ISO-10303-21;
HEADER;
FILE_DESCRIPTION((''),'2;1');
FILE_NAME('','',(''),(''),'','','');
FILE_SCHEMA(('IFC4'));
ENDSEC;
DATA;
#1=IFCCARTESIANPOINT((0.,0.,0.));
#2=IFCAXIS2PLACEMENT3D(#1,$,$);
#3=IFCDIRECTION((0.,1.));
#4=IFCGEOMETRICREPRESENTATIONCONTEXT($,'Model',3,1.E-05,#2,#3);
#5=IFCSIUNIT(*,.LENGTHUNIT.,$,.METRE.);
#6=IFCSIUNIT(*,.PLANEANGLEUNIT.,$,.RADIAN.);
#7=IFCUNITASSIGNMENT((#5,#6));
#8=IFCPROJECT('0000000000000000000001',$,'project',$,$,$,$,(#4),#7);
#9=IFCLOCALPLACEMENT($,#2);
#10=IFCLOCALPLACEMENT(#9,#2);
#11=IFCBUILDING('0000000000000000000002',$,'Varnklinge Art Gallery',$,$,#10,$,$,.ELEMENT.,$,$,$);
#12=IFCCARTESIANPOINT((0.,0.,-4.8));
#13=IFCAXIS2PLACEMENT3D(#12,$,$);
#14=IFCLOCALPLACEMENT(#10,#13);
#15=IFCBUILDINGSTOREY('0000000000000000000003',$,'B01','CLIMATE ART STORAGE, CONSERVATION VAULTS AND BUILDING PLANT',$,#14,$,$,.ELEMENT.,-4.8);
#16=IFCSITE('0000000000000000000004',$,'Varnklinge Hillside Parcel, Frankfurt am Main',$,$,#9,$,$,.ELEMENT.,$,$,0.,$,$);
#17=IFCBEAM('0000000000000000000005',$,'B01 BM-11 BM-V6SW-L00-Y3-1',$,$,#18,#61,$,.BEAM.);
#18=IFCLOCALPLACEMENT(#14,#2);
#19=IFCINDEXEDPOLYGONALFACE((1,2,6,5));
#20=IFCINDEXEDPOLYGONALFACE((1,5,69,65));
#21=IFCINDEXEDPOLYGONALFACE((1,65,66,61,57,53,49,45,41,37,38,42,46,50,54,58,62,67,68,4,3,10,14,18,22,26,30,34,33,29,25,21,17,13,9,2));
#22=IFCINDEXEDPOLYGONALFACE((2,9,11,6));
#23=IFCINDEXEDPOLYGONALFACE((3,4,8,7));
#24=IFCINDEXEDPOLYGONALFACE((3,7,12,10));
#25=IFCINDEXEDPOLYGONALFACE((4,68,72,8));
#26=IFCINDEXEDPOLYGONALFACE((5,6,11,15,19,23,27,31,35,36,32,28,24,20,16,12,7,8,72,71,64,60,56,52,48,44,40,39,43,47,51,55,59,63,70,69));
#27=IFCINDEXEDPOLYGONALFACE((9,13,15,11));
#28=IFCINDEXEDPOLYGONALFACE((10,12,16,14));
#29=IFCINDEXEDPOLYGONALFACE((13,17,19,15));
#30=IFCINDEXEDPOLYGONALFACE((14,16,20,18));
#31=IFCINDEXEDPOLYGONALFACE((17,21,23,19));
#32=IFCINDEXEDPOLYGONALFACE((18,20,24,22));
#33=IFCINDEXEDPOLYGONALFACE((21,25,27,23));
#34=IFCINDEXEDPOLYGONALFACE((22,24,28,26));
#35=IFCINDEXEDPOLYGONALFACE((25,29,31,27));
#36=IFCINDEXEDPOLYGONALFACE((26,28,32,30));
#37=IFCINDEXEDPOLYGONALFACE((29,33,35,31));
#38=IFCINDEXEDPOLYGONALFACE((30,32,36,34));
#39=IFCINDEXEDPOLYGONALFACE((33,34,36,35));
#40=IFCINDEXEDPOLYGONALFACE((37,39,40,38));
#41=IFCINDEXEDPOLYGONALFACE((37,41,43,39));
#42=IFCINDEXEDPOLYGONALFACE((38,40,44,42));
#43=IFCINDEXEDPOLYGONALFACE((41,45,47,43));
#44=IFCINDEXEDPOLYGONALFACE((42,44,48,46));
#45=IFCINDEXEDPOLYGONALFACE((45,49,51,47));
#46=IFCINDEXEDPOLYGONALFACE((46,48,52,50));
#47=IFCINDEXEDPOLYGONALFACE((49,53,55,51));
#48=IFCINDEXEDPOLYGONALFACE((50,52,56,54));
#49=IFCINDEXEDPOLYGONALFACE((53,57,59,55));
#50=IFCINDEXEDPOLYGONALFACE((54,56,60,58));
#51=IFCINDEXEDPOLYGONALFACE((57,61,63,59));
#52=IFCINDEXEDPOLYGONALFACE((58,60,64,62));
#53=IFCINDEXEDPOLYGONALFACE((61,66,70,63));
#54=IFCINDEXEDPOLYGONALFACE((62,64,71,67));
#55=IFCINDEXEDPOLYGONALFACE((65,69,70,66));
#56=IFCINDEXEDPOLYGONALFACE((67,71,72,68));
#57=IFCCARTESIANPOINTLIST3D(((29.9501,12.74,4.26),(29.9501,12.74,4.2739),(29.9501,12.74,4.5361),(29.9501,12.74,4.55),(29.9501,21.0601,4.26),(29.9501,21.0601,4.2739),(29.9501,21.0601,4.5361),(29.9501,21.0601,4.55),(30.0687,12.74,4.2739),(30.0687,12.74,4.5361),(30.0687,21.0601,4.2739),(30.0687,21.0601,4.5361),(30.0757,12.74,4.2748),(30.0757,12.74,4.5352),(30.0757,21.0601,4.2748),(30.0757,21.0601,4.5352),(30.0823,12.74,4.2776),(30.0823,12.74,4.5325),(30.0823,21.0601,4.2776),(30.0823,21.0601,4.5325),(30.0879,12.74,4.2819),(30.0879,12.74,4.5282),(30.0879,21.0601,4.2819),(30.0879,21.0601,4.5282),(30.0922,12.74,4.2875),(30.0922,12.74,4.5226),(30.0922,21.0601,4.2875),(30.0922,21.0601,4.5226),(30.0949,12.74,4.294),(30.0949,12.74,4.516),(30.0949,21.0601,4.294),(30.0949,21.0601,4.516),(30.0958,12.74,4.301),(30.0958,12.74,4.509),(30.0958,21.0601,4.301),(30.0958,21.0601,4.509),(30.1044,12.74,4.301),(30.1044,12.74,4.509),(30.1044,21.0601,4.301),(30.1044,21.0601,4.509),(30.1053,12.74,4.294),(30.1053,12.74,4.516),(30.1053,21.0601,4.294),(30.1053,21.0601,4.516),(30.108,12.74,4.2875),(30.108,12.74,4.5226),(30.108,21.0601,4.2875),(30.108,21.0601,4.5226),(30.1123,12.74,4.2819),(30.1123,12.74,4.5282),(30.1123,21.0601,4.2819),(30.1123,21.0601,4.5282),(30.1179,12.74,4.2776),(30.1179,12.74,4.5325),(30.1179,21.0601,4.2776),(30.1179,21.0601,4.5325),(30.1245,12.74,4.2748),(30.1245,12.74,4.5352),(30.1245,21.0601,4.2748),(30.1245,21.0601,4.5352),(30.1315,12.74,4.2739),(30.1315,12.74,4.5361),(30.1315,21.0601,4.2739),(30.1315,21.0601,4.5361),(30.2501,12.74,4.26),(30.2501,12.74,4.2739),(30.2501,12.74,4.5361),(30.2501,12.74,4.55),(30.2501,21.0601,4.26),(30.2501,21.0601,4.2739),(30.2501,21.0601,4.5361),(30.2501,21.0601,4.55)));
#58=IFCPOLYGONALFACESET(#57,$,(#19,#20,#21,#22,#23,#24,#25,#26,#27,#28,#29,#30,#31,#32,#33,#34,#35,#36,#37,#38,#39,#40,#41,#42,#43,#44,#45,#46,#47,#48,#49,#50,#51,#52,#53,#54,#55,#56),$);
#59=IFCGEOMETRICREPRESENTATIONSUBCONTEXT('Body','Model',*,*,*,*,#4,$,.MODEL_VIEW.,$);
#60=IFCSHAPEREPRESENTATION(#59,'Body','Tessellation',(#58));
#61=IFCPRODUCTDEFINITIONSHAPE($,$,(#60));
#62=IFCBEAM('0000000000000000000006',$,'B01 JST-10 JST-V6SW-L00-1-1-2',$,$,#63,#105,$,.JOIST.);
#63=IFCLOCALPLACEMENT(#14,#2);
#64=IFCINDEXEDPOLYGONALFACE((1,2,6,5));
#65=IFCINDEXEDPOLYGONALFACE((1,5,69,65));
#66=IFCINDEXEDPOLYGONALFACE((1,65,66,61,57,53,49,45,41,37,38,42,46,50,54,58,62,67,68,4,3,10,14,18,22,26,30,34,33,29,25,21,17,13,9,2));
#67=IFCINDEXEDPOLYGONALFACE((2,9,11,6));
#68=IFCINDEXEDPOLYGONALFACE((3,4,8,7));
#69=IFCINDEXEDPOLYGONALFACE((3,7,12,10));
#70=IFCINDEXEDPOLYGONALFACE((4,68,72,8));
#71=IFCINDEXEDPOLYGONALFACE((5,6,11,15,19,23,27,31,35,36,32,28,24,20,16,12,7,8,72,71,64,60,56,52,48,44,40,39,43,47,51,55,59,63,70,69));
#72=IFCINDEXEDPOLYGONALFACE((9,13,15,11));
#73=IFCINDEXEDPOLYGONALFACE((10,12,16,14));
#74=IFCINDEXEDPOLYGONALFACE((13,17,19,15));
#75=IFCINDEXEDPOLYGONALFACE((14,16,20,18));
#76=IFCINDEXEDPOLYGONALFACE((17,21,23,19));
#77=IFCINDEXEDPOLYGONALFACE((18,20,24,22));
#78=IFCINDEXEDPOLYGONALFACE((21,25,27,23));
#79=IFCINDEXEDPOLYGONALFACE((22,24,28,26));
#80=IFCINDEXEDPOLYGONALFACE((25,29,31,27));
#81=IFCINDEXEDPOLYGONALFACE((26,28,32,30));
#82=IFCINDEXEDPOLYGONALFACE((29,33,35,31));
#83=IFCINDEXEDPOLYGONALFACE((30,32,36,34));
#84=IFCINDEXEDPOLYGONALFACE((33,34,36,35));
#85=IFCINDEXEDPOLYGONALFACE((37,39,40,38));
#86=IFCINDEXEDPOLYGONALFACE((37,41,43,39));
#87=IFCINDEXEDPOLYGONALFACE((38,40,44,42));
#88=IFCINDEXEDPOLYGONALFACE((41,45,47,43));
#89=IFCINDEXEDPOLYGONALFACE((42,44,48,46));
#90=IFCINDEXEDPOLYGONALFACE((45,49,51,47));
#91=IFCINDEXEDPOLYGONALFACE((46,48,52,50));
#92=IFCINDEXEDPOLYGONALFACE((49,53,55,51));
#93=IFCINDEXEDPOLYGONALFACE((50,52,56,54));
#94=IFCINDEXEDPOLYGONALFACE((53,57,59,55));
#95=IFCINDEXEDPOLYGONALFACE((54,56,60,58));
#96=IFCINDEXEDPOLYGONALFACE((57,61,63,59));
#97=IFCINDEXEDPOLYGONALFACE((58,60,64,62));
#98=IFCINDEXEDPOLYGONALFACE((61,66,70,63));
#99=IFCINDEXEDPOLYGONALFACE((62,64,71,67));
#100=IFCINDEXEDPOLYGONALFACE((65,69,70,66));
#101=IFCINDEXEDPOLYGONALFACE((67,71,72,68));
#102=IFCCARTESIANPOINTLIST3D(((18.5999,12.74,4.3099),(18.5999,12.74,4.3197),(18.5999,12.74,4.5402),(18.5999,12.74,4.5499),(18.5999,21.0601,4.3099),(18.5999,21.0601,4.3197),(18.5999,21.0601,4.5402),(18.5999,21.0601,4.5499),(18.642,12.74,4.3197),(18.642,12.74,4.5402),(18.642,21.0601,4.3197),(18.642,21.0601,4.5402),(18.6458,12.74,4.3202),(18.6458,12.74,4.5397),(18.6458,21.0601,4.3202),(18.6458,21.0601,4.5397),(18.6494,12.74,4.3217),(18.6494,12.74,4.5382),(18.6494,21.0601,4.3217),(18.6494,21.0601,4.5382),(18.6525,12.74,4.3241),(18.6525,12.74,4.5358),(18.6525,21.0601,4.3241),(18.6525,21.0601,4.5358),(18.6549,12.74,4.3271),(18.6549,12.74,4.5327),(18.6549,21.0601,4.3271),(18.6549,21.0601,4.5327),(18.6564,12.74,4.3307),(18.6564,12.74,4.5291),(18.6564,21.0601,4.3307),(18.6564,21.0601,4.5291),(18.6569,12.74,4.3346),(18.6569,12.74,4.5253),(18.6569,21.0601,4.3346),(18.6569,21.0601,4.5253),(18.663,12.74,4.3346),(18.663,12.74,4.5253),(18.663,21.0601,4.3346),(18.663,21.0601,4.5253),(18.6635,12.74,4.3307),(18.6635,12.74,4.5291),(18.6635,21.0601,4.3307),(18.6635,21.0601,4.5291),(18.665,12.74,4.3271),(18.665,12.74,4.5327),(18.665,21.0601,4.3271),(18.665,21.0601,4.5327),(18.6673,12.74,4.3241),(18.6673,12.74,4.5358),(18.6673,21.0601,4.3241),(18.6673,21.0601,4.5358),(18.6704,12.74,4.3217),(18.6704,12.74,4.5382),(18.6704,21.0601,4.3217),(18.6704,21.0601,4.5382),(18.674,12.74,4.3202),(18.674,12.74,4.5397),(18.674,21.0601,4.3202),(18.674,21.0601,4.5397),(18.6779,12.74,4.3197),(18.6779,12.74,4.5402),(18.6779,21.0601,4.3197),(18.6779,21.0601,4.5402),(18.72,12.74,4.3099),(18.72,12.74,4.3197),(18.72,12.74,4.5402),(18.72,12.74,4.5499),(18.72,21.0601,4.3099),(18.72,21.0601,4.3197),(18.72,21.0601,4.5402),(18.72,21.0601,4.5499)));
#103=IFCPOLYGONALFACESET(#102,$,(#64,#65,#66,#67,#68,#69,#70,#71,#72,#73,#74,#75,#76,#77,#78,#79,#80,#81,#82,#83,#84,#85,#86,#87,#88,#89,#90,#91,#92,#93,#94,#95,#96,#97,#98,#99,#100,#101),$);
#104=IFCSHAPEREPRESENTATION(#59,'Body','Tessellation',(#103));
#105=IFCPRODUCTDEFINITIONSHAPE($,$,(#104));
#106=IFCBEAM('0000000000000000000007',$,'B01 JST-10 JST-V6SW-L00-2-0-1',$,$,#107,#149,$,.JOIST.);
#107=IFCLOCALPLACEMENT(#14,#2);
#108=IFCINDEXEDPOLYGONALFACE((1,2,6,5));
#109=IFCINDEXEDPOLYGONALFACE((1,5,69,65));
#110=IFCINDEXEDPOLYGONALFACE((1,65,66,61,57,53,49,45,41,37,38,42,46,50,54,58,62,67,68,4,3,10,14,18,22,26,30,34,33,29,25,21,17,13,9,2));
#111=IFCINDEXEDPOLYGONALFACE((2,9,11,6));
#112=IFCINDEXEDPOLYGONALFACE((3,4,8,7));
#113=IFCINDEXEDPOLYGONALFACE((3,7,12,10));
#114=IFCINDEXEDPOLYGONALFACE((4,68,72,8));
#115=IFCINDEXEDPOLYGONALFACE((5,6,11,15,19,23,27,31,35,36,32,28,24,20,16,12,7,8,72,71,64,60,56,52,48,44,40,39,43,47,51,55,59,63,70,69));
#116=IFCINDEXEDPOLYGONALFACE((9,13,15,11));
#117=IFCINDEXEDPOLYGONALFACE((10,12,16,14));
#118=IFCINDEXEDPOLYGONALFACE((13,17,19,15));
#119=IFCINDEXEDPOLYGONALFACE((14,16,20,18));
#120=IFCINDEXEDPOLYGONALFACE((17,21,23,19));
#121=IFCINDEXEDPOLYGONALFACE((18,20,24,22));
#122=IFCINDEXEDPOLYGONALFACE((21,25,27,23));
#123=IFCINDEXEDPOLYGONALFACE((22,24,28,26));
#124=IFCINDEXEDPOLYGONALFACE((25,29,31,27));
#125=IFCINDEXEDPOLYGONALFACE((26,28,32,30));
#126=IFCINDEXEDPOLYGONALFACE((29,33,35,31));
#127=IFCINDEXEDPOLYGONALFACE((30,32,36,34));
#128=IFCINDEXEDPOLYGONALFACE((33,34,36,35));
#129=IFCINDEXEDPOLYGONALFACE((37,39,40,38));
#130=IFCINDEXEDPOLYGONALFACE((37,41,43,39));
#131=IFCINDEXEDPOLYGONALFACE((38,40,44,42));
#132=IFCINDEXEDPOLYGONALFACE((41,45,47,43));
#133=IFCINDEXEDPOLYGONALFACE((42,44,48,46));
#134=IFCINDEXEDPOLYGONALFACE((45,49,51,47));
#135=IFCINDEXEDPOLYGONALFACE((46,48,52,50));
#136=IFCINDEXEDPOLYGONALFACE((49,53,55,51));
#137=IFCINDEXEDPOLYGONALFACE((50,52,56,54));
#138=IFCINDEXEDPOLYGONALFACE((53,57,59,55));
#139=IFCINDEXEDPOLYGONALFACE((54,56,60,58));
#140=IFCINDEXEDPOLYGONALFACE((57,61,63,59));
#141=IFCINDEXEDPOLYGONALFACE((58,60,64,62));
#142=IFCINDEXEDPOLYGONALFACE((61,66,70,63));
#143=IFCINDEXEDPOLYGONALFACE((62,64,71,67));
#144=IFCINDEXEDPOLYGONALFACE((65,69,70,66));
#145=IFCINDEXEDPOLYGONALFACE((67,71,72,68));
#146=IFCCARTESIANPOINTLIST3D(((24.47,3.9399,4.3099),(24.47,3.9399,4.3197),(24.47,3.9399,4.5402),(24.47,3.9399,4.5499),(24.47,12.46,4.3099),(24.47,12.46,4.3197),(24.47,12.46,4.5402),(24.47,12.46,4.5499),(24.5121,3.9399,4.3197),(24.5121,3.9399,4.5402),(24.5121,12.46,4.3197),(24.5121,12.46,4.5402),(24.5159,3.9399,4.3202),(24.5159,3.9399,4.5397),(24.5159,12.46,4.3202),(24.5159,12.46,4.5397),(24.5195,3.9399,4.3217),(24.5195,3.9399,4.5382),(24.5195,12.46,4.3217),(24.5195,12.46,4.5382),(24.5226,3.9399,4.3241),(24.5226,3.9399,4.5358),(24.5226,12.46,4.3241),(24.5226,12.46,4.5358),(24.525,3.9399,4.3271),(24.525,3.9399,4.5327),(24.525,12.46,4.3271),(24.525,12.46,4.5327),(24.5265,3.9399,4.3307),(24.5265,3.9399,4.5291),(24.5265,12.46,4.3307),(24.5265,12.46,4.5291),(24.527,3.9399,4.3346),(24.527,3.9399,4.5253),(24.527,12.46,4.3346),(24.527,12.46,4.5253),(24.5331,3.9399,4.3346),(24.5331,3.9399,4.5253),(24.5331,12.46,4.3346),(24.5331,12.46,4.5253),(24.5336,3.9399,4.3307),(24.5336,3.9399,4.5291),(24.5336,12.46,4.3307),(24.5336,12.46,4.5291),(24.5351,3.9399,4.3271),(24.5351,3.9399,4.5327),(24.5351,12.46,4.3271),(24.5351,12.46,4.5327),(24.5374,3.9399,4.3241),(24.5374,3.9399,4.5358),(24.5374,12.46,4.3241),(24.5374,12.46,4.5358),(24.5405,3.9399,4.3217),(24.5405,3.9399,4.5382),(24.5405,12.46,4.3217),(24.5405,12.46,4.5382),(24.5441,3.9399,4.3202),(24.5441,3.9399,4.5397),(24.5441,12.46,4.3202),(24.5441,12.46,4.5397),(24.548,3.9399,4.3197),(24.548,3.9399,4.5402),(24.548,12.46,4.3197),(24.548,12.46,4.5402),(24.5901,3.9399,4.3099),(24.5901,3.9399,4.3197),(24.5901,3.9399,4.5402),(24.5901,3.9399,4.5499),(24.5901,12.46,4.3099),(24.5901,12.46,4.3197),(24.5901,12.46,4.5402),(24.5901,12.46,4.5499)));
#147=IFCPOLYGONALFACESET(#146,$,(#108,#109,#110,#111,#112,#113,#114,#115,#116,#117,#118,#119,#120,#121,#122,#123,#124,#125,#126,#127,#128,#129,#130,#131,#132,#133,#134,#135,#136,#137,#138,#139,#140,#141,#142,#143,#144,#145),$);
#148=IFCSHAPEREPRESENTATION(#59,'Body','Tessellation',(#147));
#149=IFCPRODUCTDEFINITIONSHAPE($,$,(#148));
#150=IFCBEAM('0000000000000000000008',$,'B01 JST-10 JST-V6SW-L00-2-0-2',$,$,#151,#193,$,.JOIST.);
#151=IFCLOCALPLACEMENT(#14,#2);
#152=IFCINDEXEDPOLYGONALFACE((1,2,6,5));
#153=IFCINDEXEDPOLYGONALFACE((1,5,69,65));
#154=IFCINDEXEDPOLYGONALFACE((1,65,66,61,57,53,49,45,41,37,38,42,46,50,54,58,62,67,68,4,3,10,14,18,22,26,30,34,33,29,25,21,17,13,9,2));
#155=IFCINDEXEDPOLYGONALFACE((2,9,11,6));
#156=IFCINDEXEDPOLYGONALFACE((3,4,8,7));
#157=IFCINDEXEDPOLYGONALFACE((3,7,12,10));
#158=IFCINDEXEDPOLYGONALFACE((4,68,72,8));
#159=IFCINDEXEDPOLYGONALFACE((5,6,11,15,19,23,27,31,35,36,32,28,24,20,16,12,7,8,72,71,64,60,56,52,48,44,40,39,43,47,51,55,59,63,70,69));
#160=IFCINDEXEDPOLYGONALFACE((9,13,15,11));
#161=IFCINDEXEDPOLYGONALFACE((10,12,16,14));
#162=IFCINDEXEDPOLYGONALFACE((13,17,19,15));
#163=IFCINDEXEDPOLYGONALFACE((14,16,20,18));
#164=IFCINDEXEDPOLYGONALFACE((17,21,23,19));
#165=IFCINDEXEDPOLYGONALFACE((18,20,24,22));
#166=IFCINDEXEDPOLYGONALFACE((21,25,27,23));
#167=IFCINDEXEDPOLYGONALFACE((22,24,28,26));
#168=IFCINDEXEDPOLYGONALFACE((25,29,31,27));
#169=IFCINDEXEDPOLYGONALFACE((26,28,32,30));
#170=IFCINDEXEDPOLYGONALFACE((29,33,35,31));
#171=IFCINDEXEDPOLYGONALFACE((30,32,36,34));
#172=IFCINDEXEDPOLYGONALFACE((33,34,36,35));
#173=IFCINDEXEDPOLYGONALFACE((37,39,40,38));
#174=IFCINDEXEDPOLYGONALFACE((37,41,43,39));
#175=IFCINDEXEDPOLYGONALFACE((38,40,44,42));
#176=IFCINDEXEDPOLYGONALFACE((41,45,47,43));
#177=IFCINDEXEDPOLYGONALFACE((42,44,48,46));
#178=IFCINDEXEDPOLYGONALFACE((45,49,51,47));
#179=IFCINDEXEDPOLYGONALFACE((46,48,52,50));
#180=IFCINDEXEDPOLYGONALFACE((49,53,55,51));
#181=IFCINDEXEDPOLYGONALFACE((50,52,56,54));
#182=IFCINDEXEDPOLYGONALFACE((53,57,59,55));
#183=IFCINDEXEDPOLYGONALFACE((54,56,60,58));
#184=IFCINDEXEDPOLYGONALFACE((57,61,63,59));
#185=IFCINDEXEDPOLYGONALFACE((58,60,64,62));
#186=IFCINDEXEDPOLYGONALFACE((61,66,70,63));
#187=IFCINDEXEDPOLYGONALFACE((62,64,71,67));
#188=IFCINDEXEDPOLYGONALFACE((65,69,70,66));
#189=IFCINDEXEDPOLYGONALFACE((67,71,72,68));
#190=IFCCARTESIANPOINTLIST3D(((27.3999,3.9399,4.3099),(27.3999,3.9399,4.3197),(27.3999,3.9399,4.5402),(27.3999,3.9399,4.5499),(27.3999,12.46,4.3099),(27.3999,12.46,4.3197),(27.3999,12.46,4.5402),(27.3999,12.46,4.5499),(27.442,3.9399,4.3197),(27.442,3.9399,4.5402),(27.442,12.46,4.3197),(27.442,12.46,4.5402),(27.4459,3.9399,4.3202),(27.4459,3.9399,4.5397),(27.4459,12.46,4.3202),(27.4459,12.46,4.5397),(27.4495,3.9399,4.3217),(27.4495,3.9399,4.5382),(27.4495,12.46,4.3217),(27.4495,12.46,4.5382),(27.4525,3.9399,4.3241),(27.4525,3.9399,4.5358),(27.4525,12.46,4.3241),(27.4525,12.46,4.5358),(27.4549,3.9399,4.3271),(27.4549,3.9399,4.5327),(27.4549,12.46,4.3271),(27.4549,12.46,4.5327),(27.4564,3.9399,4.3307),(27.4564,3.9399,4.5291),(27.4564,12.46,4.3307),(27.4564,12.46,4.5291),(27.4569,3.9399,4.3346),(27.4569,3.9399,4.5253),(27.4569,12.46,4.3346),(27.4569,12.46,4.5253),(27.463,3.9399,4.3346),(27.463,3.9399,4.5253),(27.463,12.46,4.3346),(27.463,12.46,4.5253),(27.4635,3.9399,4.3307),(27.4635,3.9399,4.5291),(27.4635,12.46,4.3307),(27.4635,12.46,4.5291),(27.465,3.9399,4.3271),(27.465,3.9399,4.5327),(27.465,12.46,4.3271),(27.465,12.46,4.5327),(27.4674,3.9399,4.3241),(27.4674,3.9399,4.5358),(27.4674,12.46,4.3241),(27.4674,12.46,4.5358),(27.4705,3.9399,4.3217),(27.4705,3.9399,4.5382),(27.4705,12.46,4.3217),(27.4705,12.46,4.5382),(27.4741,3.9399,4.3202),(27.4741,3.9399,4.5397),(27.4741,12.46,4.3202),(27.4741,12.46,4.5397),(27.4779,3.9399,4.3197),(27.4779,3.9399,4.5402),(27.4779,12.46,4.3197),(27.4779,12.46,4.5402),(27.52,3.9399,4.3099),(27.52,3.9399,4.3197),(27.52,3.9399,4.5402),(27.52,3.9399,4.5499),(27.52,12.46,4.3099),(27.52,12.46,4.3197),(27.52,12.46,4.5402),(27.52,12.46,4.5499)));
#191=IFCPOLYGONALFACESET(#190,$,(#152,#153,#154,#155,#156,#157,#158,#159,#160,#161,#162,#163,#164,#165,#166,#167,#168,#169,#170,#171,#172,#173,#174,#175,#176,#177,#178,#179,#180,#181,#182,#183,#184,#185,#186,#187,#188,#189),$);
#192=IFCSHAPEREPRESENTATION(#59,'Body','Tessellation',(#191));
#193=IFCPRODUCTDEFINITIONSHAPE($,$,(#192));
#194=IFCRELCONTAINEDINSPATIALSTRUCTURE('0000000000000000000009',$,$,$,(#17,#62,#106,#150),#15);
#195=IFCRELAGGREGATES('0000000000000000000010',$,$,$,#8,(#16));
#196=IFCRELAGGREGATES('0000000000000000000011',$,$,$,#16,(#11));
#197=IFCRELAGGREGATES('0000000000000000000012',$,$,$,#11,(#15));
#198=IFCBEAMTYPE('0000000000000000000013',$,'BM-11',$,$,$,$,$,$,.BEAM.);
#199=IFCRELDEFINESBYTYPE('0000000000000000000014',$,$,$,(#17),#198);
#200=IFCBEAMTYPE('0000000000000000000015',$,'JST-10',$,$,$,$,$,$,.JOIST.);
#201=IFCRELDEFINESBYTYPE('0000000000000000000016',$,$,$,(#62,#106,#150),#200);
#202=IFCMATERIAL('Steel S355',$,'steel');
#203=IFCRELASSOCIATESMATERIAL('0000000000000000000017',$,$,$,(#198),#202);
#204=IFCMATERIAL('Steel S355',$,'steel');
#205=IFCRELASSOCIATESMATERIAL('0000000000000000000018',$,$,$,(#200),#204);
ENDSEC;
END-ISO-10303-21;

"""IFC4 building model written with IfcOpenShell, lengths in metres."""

from ifc_helpers import new_model, si_unit, direction, frame, origin, origin_2d, place, context, subcontext, project, spatial, i_section, extrude, material, material_profile, profile_set, type_object, element, save


model = new_model("IFC4")

# Units and contexts
model_context = context("Model", 3, precision=1e-05, world=origin(), true_north=direction((0.0, 1.0)))
body_context = subcontext(model_context, "Body", "Model", "MODEL_VIEW")
ifc_project = project(units=[si_unit("LENGTHUNIT", "METRE"), si_unit("PLANEANGLEUNIT", "RADIAN")], contexts=[model_context])

# Site, building, storey
site_placement = place(None, origin())
site = spatial("IfcSite", under=ifc_project, at=site_placement, Name="Varnklinge Hillside Parcel, Frankfurt am Main", CompositionType="ELEMENT", RefElevation=0.0)
building_placement = place(site_placement, origin())
building = spatial("IfcBuilding", under=site, at=building_placement, Name="Varnklinge Art Gallery", CompositionType="ELEMENT")
storey_placement = place(building_placement, frame((0.0, 0.0, -4.8)))
storey = spatial("IfcBuildingStorey", under=building, at=storey_placement, Name="B01", Description="CLIMATE ART STORAGE, CONSERVATION VAULTS AND BUILDING PLANT", CompositionType="ELEMENT", Elevation=-4.8)

# Beams
ifc_material_1 = material(Name="Steel S355", Category="steel")
ifc_material_profile_1 = material_profile(ifc_material_1, i_section(OverallWidth=0.3, OverallDepth=0.29, WebThickness=0.0085, FlangeThickness=0.0139, FilletRadius=0.0271, at=origin_2d()), Name="HEA 300")
ifc_profile_set_1 = profile_set([ifc_material_profile_1], Name="Steel S355")
beam_type_1 = type_object("IfcBeamType", Name="BM-11", PredefinedType="BEAM", material=ifc_profile_set_1)
beam_1_placement = place(storey_placement, frame((30.1001, 12.74, 4.405), z_axis=(0.0, 1.0, 0.0), x_axis=(-1.0, 0.0, 0.0)))
element("IfcBeam", 1, at=beam_1_placement, inside=storey, type_object=beam_type_1, Name="B01 BM-11 BM-V6SW-L00-Y3-1", PredefinedType="BEAM", context=body_context, shape_type="SweptSolid", body=[
    extrude(i_section(OverallWidth=0.3, OverallDepth=0.29, WebThickness=0.0085, FlangeThickness=0.0139, FilletRadius=0.0271, at=origin_2d()), origin(), (0.0, 0.0, 1.0), 8.3201),
])
ifc_material_2 = material(Name="Steel S355", Category="steel")
ifc_material_profile_2 = material_profile(ifc_material_2, i_section(OverallWidth=0.1201, OverallDepth=0.24, WebThickness=0.0061, FlangeThickness=0.0098, FilletRadius=0.0149, at=origin_2d()), Name="IPE 240")
ifc_profile_set_2 = profile_set([ifc_material_profile_2], Name="Steel S355")
beam_type_2 = type_object("IfcBeamType", Name="JST-10", PredefinedType="JOIST", material=ifc_profile_set_2)
beam_2_placement = place(storey_placement, frame((18.6599, 12.74, 4.4299), z_axis=(0.0, 1.0, 0.0), x_axis=(-1.0, 0.0, 0.0)))
element("IfcBeam", 2, at=beam_2_placement, inside=storey, type_object=beam_type_2, Name="B01 JST-10 JST-V6SW-L00-1-1-2", PredefinedType="JOIST", context=body_context, shape_type="SweptSolid", body=[
    extrude(i_section(OverallWidth=0.1201, OverallDepth=0.24, WebThickness=0.0061, FlangeThickness=0.0098, FilletRadius=0.0149, at=origin_2d()), origin(), (0.0, 0.0, 1.0), 8.3201),
])
for number, where, z_axis, x_axis, name in (
    (3, (24.53, 3.9399, 4.4299), (0.0, 1.0, 0.0), (-1.0, 0.0, 0.0), "B01 JST-10 JST-V6SW-L00-2-0-1"),
    (4, (27.46, 3.9399, 4.4299), (0.0, 1.0, 0.0), (-1.0, 0.0, 0.0), "B01 JST-10 JST-V6SW-L00-2-0-2"),
):
    element("IfcBeam", number, at=place(storey_placement, frame(where, z_axis=z_axis, x_axis=x_axis)), inside=storey, type_object=beam_type_2, Name=name, PredefinedType="JOIST", context=body_context, shape_type="SweptSolid", body=[
        extrude(i_section(OverallWidth=0.1201, OverallDepth=0.24, WebThickness=0.0061, FlangeThickness=0.0098, FilletRadius=0.0149, at=origin_2d()), origin(), (0.0, 0.0, 1.0), 8.52),
    ])

save(model, "model.ifc")
